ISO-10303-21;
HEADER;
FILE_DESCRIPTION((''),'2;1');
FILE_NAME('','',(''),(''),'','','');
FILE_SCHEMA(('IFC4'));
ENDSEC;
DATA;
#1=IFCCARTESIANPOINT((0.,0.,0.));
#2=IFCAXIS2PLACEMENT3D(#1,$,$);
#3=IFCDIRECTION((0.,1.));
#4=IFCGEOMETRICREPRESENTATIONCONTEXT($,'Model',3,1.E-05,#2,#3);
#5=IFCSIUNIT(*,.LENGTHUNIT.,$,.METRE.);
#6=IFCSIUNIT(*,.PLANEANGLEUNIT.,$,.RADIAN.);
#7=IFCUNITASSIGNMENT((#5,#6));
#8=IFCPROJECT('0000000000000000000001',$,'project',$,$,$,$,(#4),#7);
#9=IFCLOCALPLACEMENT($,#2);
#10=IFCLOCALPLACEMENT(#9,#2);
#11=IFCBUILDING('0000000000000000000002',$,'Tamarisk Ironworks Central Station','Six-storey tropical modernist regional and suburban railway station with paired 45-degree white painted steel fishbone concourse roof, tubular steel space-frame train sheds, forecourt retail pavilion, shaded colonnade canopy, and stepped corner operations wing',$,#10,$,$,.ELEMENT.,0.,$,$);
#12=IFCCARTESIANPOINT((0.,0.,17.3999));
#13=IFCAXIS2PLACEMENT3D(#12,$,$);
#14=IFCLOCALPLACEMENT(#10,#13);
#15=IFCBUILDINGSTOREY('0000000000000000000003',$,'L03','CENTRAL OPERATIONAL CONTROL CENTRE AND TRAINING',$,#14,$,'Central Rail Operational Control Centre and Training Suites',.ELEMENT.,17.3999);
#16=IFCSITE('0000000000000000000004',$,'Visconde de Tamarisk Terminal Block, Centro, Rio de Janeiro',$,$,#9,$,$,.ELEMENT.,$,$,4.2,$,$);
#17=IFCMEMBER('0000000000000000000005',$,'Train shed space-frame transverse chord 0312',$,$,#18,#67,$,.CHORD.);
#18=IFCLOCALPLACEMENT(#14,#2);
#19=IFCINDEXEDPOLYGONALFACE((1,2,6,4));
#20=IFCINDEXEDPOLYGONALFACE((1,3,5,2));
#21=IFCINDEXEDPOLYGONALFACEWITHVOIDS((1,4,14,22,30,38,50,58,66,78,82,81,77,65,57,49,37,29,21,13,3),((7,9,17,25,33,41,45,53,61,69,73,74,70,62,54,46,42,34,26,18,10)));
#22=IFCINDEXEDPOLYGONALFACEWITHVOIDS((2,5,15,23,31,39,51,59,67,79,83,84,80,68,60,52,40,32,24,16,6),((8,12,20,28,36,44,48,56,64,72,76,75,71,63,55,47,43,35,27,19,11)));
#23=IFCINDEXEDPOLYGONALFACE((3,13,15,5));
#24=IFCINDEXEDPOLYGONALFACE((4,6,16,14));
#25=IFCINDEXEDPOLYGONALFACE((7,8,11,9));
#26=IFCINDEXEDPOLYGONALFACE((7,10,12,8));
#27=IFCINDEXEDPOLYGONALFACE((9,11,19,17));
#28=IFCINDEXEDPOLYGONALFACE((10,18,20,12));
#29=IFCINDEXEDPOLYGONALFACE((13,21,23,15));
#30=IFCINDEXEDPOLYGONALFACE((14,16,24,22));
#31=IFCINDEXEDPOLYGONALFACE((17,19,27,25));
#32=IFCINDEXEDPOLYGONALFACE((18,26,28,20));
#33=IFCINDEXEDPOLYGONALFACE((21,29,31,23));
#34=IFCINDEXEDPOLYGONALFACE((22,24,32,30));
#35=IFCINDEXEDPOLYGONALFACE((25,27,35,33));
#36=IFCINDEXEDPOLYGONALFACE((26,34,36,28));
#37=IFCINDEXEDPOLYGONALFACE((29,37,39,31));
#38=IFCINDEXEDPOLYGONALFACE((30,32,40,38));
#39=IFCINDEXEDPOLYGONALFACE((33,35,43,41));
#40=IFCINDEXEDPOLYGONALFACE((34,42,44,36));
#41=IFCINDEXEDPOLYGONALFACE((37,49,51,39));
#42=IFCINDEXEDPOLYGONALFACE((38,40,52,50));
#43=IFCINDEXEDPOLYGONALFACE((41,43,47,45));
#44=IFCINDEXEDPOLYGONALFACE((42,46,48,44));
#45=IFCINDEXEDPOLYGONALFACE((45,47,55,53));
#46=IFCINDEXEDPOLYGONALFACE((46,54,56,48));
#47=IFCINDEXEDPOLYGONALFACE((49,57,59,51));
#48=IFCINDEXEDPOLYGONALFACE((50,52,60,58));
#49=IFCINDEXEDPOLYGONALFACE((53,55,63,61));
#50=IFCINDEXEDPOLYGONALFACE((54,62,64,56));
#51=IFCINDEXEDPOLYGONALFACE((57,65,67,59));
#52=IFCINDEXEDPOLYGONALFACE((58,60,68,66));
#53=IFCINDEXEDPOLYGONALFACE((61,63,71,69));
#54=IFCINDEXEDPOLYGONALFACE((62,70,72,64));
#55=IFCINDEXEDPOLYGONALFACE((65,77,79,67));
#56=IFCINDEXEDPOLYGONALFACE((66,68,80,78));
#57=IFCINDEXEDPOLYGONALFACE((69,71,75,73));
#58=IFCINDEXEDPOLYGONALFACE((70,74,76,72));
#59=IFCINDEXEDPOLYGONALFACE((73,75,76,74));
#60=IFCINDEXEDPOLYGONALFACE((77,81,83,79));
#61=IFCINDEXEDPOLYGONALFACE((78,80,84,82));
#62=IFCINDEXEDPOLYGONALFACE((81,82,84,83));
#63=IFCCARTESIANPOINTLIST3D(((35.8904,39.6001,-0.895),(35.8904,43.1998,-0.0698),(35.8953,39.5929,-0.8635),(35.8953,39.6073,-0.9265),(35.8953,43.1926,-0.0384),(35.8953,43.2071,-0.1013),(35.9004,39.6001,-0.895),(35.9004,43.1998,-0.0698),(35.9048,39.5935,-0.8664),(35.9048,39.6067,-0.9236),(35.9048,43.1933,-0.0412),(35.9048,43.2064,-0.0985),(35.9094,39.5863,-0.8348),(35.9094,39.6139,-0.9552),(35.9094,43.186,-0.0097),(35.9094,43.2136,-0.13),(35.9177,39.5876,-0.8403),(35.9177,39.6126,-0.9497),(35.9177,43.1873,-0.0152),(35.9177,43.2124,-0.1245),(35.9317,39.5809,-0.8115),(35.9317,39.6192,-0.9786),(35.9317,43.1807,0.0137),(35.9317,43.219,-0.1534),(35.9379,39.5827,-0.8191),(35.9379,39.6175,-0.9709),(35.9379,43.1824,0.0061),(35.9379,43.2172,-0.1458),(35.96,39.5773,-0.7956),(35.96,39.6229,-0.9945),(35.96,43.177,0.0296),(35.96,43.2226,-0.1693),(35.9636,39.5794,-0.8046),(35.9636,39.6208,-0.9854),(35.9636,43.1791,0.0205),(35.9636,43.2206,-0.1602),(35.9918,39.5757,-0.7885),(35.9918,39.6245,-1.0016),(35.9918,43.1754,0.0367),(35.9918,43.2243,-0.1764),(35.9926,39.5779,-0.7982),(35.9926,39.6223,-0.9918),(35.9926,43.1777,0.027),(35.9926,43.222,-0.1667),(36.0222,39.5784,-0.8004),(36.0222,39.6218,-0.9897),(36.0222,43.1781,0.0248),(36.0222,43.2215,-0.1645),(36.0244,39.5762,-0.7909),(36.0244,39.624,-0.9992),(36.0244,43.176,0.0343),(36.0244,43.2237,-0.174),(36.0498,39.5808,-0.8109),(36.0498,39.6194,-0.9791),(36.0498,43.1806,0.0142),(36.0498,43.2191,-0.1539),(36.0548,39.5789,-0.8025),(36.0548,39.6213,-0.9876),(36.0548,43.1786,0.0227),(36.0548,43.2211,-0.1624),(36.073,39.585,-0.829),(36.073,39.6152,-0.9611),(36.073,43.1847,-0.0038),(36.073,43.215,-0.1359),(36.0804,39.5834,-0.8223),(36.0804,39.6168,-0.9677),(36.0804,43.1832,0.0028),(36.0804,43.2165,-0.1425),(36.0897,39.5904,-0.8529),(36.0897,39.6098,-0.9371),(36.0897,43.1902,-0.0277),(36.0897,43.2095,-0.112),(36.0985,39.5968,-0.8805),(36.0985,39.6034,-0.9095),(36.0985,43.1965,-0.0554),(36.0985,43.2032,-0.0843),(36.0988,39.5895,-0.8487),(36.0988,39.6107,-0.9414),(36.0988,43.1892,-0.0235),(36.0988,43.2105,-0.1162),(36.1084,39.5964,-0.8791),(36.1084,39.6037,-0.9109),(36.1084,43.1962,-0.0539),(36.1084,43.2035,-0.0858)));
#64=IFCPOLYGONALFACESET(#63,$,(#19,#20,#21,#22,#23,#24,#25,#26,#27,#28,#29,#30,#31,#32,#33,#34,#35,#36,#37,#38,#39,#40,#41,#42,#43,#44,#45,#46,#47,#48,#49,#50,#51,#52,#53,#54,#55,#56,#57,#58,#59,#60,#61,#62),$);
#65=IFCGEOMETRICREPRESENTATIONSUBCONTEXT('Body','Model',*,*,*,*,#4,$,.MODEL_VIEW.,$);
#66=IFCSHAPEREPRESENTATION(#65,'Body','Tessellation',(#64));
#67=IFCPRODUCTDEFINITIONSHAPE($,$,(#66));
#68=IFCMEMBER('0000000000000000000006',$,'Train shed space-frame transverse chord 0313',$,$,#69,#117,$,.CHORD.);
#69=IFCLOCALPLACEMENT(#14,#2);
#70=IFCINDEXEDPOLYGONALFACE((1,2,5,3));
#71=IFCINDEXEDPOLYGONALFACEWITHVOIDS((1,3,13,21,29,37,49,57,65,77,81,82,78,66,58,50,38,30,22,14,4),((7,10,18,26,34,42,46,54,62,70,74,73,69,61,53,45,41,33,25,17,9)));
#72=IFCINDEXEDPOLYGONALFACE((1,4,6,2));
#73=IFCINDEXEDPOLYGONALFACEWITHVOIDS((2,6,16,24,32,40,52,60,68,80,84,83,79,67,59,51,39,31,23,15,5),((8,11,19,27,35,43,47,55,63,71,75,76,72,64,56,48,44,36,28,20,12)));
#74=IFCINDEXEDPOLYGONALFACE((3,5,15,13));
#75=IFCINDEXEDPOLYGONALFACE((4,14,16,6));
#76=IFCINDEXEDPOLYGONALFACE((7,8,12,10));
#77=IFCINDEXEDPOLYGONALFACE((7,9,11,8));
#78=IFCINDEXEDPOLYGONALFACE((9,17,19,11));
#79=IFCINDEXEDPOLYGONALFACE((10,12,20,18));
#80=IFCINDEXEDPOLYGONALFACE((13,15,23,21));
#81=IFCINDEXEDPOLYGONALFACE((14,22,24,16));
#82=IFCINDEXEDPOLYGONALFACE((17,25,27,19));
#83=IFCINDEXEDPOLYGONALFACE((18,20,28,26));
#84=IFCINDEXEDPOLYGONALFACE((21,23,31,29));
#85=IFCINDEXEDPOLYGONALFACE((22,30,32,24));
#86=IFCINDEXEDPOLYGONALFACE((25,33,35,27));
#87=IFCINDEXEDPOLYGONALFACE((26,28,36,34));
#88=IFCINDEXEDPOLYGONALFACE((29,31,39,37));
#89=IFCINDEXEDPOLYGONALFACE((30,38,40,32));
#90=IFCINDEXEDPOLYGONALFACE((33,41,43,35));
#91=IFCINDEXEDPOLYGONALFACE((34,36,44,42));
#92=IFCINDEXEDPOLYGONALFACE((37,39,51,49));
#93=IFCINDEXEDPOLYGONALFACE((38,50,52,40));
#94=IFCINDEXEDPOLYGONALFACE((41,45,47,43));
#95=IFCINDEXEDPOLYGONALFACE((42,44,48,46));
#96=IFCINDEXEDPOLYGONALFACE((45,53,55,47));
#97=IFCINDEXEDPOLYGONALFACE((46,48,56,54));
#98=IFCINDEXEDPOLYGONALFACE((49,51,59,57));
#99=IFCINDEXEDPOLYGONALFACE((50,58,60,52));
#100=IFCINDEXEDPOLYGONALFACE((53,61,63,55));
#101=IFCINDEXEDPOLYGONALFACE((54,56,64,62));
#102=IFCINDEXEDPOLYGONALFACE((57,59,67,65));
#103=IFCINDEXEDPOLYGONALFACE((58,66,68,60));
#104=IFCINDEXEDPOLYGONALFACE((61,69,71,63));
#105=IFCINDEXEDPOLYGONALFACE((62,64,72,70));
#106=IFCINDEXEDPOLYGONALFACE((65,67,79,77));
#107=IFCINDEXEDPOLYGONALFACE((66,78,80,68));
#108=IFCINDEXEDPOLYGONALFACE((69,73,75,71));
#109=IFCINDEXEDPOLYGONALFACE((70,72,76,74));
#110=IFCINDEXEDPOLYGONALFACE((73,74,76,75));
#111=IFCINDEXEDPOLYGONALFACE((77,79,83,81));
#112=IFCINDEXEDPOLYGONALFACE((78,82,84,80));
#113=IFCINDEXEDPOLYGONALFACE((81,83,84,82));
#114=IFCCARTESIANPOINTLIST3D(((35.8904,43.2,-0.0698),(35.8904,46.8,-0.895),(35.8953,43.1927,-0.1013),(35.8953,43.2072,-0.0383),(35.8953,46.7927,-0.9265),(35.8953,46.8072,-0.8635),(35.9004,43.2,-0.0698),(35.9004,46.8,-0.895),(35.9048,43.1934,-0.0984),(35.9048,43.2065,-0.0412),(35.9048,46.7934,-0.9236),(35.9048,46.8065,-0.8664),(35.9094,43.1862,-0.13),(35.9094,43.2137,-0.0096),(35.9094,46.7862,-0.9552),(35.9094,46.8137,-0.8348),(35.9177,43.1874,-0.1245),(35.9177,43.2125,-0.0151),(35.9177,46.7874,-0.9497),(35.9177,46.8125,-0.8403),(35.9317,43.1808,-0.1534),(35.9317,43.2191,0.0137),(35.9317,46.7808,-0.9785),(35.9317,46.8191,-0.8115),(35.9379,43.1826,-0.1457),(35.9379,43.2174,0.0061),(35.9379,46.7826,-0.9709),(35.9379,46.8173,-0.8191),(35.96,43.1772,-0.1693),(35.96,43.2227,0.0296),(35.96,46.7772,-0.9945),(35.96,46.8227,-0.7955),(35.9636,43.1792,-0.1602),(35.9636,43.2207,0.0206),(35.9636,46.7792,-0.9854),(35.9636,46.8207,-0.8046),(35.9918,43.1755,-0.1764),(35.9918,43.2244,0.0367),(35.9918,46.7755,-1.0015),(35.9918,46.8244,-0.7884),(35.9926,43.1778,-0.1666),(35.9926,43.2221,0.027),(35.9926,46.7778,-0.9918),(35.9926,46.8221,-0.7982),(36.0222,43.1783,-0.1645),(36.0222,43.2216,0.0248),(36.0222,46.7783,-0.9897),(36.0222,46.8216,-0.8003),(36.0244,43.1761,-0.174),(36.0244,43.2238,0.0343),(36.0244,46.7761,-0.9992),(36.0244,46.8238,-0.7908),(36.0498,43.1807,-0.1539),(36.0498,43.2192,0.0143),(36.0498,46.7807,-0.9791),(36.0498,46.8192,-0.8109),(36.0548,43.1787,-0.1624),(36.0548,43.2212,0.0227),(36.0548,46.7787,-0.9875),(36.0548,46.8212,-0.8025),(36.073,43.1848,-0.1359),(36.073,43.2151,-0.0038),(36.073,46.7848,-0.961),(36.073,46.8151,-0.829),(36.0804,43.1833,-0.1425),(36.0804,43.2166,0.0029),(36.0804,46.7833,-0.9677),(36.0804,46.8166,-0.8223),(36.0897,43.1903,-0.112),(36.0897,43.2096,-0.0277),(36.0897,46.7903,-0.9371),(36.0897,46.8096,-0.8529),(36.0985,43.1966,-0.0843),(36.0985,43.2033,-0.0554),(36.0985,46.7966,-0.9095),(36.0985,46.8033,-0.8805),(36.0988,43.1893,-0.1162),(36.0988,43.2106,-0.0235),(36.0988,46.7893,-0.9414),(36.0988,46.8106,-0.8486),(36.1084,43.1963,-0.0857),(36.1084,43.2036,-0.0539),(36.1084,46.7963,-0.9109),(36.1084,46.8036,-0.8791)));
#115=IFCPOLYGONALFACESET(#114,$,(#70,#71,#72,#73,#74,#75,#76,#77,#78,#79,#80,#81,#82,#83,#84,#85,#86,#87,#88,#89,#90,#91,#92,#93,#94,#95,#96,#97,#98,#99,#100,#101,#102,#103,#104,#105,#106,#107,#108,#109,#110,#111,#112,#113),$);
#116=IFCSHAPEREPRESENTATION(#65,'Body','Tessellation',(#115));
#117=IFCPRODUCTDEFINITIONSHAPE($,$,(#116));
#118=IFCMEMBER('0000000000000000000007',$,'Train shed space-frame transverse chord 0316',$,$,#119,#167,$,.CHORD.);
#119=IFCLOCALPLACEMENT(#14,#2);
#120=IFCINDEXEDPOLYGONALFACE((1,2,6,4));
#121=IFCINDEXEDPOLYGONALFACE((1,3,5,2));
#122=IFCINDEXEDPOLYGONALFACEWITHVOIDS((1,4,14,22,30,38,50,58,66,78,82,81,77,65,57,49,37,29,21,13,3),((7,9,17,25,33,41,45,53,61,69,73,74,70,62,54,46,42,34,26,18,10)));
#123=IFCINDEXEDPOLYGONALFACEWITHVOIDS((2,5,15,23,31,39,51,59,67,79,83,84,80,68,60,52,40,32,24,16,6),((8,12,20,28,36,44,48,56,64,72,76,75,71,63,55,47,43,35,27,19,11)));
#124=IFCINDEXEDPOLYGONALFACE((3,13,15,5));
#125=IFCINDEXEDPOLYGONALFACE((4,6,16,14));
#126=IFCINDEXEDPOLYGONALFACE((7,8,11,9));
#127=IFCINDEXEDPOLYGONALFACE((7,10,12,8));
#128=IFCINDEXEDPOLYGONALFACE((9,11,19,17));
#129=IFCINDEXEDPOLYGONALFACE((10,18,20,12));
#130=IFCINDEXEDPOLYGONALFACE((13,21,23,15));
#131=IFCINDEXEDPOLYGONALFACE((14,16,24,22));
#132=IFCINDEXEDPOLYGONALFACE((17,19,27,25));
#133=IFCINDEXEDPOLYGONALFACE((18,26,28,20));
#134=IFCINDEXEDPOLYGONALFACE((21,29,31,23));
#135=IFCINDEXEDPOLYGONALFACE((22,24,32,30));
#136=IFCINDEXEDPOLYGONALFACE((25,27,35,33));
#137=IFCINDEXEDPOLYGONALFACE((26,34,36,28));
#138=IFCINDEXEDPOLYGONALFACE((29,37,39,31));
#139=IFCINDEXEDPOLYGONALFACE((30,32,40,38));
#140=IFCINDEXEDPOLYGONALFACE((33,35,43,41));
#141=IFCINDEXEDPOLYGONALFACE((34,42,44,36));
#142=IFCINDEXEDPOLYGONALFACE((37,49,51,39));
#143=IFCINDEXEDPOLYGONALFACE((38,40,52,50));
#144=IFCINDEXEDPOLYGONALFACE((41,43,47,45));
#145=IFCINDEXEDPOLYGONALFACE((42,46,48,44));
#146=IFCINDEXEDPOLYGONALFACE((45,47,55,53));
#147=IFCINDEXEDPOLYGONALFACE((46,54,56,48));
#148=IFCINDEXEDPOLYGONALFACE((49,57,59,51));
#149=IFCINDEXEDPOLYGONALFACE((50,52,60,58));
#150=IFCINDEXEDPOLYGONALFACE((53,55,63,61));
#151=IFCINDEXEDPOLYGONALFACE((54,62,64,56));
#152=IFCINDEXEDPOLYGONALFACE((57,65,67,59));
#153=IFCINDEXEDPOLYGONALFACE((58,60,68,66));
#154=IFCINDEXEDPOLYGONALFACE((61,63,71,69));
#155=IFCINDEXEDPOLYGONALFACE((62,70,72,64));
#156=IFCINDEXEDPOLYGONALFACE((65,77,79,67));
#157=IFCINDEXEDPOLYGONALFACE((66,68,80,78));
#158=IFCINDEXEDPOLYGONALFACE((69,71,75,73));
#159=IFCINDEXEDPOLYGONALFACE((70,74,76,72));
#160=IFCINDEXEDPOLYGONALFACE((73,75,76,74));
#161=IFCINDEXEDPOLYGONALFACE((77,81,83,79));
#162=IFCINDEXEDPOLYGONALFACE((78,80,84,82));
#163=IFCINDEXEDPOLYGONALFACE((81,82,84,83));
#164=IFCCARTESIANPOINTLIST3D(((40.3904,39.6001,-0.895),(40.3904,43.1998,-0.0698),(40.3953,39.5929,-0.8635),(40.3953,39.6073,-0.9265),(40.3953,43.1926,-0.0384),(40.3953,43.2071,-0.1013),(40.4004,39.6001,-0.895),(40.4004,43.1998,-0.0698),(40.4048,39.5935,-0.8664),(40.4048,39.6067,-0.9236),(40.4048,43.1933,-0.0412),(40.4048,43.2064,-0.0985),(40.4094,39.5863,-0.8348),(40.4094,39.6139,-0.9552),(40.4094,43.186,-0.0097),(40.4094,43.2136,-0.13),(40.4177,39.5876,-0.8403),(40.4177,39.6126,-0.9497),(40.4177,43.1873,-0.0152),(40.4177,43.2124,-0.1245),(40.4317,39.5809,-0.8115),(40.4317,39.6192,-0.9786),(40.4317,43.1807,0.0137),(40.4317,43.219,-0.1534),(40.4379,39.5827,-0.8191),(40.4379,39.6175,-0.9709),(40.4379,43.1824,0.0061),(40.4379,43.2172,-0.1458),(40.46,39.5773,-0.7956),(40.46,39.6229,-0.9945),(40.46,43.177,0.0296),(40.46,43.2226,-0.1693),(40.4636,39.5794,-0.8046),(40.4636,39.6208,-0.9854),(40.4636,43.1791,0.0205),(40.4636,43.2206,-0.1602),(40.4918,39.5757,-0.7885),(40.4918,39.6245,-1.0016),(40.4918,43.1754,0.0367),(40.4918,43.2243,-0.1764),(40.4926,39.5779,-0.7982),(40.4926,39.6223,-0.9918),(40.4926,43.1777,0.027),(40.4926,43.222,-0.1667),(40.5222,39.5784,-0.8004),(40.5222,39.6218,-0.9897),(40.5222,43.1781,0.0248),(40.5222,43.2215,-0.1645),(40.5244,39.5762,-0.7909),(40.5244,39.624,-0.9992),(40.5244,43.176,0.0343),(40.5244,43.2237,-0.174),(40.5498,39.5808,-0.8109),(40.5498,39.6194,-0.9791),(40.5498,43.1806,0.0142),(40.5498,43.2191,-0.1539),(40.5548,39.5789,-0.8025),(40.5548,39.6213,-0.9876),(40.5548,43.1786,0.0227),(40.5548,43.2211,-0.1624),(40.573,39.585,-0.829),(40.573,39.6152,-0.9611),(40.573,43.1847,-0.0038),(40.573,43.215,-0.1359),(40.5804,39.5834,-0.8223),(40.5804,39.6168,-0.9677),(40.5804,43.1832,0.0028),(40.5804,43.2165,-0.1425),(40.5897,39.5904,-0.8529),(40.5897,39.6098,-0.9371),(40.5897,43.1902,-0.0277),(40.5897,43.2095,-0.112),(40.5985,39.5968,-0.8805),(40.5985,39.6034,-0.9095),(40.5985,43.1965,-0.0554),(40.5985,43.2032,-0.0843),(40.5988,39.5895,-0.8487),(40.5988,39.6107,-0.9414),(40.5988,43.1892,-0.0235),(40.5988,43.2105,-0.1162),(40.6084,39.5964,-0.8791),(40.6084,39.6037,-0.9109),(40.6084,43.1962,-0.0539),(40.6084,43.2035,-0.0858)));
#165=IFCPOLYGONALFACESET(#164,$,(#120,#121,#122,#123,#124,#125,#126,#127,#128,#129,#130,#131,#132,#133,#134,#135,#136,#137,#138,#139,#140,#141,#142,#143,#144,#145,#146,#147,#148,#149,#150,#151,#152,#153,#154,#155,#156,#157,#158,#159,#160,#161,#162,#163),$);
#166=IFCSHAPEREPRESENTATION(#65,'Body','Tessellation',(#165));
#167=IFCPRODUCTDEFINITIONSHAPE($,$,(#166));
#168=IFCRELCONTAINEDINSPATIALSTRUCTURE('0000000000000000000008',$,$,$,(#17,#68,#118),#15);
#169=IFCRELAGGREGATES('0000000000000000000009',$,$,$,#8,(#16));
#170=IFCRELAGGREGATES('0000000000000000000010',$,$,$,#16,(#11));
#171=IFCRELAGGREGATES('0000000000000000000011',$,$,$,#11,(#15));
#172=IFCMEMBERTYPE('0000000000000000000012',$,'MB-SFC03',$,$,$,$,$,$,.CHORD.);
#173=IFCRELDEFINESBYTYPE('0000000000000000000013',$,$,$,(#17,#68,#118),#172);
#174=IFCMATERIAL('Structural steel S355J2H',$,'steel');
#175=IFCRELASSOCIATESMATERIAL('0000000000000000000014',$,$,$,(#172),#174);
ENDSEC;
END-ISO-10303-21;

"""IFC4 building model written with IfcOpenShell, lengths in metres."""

from ifc_helpers import new_model, si_unit, direction, frame, origin, origin_2d, place, context, subcontext, project, spatial, hollow_circle, extrude, material, material_profile, profile_set, type_object, element, save


model = new_model("IFC4")

# Units and contexts
model_context = context("Model", 3, precision=1e-05, world=origin(), true_north=direction((0.0, 1.0)))
body_context = subcontext(model_context, "Body", "Model", "MODEL_VIEW")
ifc_project = project(units=[si_unit("LENGTHUNIT", "METRE"), si_unit("PLANEANGLEUNIT", "RADIAN")], contexts=[model_context])

# Site, building, storey
site_placement = place(None, origin())
site = spatial("IfcSite", under=ifc_project, at=site_placement, Name="Visconde de Tamarisk Terminal Block, Centro, Rio de Janeiro", CompositionType="ELEMENT", RefElevation=4.2)
building_placement = place(site_placement, origin())
building = spatial("IfcBuilding", under=site, at=building_placement, Name="Tamarisk Ironworks Central Station", Description="Six-storey tropical modernist regional and suburban railway station with paired 45-degree white painted steel fishbone concourse roof, tubular steel space-frame train sheds, forecourt retail pavilion, shaded colonnade canopy, and stepped corner operations wing", CompositionType="ELEMENT", ElevationOfRefHeight=0.0)
storey_placement = place(building_placement, frame((0.0, 0.0, 17.3999)))
storey = spatial("IfcBuildingStorey", under=building, at=storey_placement, Name="L03", Description="CENTRAL OPERATIONAL CONTROL CENTRE AND TRAINING", LongName="Central Rail Operational Control Centre and Training Suites", CompositionType="ELEMENT", Elevation=17.3999)

# Members
ifc_material = material(Name="Structural steel S355J2H", Category="steel")
ifc_material_profile_1 = material_profile(ifc_material, hollow_circle(Radius=0.1096, WallThickness=0.01, at=origin_2d()), Name="CHS 219.1x10")
ifc_profile_set_1 = profile_set([ifc_material_profile_1], Name="Structural steel S355J2H")
member_type_1 = type_object("IfcMemberType", Name="MB-SFC03", PredefinedType="CHORD", material=ifc_profile_set_1)
member_1_placement = place(storey_placement, frame((36.0, 39.6001, -0.895), z_axis=(0.0, 0.974719, 0.223435), x_axis=(-1.0, 0.0, 0.0)))
element("IfcMember", 1, at=member_1_placement, inside=storey, type_object=member_type_1, Name="Train shed space-frame transverse chord 0312", PredefinedType="CHORD", context=body_context, shape_type="SweptSolid", body=[
    extrude(hollow_circle(Radius=0.1096, WallThickness=0.01, at=origin_2d()), origin(), (0.0, 0.0, 1.0), 3.6931),
])
member_2_placement = place(storey_placement, frame((36.0, 43.2, -0.0698), z_axis=(0.0, 0.974722, -0.223421), x_axis=(-1.0, 0.0, 0.0)))
element("IfcMember", 2, at=member_2_placement, inside=storey, type_object=member_type_1, Name="Train shed space-frame transverse chord 0313", PredefinedType="CHORD", context=body_context, shape_type="SweptSolid", body=[
    extrude(hollow_circle(Radius=0.1096, WallThickness=0.01, at=origin_2d()), origin(), (0.0, 0.0, 1.0), 3.6934),
])
member_3_placement = place(storey_placement, frame((40.5, 39.6001, -0.895), z_axis=(0.0, 0.974719, 0.223435), x_axis=(-1.0, 0.0, 0.0)))
element("IfcMember", 3, at=member_3_placement, inside=storey, type_object=member_type_1, Name="Train shed space-frame transverse chord 0316", PredefinedType="CHORD", context=body_context, shape_type="SweptSolid", body=[
    extrude(hollow_circle(Radius=0.1096, WallThickness=0.01, at=origin_2d()), origin(), (0.0, 0.0, 1.0), 3.6931),
])

save(model, "model.ifc")
